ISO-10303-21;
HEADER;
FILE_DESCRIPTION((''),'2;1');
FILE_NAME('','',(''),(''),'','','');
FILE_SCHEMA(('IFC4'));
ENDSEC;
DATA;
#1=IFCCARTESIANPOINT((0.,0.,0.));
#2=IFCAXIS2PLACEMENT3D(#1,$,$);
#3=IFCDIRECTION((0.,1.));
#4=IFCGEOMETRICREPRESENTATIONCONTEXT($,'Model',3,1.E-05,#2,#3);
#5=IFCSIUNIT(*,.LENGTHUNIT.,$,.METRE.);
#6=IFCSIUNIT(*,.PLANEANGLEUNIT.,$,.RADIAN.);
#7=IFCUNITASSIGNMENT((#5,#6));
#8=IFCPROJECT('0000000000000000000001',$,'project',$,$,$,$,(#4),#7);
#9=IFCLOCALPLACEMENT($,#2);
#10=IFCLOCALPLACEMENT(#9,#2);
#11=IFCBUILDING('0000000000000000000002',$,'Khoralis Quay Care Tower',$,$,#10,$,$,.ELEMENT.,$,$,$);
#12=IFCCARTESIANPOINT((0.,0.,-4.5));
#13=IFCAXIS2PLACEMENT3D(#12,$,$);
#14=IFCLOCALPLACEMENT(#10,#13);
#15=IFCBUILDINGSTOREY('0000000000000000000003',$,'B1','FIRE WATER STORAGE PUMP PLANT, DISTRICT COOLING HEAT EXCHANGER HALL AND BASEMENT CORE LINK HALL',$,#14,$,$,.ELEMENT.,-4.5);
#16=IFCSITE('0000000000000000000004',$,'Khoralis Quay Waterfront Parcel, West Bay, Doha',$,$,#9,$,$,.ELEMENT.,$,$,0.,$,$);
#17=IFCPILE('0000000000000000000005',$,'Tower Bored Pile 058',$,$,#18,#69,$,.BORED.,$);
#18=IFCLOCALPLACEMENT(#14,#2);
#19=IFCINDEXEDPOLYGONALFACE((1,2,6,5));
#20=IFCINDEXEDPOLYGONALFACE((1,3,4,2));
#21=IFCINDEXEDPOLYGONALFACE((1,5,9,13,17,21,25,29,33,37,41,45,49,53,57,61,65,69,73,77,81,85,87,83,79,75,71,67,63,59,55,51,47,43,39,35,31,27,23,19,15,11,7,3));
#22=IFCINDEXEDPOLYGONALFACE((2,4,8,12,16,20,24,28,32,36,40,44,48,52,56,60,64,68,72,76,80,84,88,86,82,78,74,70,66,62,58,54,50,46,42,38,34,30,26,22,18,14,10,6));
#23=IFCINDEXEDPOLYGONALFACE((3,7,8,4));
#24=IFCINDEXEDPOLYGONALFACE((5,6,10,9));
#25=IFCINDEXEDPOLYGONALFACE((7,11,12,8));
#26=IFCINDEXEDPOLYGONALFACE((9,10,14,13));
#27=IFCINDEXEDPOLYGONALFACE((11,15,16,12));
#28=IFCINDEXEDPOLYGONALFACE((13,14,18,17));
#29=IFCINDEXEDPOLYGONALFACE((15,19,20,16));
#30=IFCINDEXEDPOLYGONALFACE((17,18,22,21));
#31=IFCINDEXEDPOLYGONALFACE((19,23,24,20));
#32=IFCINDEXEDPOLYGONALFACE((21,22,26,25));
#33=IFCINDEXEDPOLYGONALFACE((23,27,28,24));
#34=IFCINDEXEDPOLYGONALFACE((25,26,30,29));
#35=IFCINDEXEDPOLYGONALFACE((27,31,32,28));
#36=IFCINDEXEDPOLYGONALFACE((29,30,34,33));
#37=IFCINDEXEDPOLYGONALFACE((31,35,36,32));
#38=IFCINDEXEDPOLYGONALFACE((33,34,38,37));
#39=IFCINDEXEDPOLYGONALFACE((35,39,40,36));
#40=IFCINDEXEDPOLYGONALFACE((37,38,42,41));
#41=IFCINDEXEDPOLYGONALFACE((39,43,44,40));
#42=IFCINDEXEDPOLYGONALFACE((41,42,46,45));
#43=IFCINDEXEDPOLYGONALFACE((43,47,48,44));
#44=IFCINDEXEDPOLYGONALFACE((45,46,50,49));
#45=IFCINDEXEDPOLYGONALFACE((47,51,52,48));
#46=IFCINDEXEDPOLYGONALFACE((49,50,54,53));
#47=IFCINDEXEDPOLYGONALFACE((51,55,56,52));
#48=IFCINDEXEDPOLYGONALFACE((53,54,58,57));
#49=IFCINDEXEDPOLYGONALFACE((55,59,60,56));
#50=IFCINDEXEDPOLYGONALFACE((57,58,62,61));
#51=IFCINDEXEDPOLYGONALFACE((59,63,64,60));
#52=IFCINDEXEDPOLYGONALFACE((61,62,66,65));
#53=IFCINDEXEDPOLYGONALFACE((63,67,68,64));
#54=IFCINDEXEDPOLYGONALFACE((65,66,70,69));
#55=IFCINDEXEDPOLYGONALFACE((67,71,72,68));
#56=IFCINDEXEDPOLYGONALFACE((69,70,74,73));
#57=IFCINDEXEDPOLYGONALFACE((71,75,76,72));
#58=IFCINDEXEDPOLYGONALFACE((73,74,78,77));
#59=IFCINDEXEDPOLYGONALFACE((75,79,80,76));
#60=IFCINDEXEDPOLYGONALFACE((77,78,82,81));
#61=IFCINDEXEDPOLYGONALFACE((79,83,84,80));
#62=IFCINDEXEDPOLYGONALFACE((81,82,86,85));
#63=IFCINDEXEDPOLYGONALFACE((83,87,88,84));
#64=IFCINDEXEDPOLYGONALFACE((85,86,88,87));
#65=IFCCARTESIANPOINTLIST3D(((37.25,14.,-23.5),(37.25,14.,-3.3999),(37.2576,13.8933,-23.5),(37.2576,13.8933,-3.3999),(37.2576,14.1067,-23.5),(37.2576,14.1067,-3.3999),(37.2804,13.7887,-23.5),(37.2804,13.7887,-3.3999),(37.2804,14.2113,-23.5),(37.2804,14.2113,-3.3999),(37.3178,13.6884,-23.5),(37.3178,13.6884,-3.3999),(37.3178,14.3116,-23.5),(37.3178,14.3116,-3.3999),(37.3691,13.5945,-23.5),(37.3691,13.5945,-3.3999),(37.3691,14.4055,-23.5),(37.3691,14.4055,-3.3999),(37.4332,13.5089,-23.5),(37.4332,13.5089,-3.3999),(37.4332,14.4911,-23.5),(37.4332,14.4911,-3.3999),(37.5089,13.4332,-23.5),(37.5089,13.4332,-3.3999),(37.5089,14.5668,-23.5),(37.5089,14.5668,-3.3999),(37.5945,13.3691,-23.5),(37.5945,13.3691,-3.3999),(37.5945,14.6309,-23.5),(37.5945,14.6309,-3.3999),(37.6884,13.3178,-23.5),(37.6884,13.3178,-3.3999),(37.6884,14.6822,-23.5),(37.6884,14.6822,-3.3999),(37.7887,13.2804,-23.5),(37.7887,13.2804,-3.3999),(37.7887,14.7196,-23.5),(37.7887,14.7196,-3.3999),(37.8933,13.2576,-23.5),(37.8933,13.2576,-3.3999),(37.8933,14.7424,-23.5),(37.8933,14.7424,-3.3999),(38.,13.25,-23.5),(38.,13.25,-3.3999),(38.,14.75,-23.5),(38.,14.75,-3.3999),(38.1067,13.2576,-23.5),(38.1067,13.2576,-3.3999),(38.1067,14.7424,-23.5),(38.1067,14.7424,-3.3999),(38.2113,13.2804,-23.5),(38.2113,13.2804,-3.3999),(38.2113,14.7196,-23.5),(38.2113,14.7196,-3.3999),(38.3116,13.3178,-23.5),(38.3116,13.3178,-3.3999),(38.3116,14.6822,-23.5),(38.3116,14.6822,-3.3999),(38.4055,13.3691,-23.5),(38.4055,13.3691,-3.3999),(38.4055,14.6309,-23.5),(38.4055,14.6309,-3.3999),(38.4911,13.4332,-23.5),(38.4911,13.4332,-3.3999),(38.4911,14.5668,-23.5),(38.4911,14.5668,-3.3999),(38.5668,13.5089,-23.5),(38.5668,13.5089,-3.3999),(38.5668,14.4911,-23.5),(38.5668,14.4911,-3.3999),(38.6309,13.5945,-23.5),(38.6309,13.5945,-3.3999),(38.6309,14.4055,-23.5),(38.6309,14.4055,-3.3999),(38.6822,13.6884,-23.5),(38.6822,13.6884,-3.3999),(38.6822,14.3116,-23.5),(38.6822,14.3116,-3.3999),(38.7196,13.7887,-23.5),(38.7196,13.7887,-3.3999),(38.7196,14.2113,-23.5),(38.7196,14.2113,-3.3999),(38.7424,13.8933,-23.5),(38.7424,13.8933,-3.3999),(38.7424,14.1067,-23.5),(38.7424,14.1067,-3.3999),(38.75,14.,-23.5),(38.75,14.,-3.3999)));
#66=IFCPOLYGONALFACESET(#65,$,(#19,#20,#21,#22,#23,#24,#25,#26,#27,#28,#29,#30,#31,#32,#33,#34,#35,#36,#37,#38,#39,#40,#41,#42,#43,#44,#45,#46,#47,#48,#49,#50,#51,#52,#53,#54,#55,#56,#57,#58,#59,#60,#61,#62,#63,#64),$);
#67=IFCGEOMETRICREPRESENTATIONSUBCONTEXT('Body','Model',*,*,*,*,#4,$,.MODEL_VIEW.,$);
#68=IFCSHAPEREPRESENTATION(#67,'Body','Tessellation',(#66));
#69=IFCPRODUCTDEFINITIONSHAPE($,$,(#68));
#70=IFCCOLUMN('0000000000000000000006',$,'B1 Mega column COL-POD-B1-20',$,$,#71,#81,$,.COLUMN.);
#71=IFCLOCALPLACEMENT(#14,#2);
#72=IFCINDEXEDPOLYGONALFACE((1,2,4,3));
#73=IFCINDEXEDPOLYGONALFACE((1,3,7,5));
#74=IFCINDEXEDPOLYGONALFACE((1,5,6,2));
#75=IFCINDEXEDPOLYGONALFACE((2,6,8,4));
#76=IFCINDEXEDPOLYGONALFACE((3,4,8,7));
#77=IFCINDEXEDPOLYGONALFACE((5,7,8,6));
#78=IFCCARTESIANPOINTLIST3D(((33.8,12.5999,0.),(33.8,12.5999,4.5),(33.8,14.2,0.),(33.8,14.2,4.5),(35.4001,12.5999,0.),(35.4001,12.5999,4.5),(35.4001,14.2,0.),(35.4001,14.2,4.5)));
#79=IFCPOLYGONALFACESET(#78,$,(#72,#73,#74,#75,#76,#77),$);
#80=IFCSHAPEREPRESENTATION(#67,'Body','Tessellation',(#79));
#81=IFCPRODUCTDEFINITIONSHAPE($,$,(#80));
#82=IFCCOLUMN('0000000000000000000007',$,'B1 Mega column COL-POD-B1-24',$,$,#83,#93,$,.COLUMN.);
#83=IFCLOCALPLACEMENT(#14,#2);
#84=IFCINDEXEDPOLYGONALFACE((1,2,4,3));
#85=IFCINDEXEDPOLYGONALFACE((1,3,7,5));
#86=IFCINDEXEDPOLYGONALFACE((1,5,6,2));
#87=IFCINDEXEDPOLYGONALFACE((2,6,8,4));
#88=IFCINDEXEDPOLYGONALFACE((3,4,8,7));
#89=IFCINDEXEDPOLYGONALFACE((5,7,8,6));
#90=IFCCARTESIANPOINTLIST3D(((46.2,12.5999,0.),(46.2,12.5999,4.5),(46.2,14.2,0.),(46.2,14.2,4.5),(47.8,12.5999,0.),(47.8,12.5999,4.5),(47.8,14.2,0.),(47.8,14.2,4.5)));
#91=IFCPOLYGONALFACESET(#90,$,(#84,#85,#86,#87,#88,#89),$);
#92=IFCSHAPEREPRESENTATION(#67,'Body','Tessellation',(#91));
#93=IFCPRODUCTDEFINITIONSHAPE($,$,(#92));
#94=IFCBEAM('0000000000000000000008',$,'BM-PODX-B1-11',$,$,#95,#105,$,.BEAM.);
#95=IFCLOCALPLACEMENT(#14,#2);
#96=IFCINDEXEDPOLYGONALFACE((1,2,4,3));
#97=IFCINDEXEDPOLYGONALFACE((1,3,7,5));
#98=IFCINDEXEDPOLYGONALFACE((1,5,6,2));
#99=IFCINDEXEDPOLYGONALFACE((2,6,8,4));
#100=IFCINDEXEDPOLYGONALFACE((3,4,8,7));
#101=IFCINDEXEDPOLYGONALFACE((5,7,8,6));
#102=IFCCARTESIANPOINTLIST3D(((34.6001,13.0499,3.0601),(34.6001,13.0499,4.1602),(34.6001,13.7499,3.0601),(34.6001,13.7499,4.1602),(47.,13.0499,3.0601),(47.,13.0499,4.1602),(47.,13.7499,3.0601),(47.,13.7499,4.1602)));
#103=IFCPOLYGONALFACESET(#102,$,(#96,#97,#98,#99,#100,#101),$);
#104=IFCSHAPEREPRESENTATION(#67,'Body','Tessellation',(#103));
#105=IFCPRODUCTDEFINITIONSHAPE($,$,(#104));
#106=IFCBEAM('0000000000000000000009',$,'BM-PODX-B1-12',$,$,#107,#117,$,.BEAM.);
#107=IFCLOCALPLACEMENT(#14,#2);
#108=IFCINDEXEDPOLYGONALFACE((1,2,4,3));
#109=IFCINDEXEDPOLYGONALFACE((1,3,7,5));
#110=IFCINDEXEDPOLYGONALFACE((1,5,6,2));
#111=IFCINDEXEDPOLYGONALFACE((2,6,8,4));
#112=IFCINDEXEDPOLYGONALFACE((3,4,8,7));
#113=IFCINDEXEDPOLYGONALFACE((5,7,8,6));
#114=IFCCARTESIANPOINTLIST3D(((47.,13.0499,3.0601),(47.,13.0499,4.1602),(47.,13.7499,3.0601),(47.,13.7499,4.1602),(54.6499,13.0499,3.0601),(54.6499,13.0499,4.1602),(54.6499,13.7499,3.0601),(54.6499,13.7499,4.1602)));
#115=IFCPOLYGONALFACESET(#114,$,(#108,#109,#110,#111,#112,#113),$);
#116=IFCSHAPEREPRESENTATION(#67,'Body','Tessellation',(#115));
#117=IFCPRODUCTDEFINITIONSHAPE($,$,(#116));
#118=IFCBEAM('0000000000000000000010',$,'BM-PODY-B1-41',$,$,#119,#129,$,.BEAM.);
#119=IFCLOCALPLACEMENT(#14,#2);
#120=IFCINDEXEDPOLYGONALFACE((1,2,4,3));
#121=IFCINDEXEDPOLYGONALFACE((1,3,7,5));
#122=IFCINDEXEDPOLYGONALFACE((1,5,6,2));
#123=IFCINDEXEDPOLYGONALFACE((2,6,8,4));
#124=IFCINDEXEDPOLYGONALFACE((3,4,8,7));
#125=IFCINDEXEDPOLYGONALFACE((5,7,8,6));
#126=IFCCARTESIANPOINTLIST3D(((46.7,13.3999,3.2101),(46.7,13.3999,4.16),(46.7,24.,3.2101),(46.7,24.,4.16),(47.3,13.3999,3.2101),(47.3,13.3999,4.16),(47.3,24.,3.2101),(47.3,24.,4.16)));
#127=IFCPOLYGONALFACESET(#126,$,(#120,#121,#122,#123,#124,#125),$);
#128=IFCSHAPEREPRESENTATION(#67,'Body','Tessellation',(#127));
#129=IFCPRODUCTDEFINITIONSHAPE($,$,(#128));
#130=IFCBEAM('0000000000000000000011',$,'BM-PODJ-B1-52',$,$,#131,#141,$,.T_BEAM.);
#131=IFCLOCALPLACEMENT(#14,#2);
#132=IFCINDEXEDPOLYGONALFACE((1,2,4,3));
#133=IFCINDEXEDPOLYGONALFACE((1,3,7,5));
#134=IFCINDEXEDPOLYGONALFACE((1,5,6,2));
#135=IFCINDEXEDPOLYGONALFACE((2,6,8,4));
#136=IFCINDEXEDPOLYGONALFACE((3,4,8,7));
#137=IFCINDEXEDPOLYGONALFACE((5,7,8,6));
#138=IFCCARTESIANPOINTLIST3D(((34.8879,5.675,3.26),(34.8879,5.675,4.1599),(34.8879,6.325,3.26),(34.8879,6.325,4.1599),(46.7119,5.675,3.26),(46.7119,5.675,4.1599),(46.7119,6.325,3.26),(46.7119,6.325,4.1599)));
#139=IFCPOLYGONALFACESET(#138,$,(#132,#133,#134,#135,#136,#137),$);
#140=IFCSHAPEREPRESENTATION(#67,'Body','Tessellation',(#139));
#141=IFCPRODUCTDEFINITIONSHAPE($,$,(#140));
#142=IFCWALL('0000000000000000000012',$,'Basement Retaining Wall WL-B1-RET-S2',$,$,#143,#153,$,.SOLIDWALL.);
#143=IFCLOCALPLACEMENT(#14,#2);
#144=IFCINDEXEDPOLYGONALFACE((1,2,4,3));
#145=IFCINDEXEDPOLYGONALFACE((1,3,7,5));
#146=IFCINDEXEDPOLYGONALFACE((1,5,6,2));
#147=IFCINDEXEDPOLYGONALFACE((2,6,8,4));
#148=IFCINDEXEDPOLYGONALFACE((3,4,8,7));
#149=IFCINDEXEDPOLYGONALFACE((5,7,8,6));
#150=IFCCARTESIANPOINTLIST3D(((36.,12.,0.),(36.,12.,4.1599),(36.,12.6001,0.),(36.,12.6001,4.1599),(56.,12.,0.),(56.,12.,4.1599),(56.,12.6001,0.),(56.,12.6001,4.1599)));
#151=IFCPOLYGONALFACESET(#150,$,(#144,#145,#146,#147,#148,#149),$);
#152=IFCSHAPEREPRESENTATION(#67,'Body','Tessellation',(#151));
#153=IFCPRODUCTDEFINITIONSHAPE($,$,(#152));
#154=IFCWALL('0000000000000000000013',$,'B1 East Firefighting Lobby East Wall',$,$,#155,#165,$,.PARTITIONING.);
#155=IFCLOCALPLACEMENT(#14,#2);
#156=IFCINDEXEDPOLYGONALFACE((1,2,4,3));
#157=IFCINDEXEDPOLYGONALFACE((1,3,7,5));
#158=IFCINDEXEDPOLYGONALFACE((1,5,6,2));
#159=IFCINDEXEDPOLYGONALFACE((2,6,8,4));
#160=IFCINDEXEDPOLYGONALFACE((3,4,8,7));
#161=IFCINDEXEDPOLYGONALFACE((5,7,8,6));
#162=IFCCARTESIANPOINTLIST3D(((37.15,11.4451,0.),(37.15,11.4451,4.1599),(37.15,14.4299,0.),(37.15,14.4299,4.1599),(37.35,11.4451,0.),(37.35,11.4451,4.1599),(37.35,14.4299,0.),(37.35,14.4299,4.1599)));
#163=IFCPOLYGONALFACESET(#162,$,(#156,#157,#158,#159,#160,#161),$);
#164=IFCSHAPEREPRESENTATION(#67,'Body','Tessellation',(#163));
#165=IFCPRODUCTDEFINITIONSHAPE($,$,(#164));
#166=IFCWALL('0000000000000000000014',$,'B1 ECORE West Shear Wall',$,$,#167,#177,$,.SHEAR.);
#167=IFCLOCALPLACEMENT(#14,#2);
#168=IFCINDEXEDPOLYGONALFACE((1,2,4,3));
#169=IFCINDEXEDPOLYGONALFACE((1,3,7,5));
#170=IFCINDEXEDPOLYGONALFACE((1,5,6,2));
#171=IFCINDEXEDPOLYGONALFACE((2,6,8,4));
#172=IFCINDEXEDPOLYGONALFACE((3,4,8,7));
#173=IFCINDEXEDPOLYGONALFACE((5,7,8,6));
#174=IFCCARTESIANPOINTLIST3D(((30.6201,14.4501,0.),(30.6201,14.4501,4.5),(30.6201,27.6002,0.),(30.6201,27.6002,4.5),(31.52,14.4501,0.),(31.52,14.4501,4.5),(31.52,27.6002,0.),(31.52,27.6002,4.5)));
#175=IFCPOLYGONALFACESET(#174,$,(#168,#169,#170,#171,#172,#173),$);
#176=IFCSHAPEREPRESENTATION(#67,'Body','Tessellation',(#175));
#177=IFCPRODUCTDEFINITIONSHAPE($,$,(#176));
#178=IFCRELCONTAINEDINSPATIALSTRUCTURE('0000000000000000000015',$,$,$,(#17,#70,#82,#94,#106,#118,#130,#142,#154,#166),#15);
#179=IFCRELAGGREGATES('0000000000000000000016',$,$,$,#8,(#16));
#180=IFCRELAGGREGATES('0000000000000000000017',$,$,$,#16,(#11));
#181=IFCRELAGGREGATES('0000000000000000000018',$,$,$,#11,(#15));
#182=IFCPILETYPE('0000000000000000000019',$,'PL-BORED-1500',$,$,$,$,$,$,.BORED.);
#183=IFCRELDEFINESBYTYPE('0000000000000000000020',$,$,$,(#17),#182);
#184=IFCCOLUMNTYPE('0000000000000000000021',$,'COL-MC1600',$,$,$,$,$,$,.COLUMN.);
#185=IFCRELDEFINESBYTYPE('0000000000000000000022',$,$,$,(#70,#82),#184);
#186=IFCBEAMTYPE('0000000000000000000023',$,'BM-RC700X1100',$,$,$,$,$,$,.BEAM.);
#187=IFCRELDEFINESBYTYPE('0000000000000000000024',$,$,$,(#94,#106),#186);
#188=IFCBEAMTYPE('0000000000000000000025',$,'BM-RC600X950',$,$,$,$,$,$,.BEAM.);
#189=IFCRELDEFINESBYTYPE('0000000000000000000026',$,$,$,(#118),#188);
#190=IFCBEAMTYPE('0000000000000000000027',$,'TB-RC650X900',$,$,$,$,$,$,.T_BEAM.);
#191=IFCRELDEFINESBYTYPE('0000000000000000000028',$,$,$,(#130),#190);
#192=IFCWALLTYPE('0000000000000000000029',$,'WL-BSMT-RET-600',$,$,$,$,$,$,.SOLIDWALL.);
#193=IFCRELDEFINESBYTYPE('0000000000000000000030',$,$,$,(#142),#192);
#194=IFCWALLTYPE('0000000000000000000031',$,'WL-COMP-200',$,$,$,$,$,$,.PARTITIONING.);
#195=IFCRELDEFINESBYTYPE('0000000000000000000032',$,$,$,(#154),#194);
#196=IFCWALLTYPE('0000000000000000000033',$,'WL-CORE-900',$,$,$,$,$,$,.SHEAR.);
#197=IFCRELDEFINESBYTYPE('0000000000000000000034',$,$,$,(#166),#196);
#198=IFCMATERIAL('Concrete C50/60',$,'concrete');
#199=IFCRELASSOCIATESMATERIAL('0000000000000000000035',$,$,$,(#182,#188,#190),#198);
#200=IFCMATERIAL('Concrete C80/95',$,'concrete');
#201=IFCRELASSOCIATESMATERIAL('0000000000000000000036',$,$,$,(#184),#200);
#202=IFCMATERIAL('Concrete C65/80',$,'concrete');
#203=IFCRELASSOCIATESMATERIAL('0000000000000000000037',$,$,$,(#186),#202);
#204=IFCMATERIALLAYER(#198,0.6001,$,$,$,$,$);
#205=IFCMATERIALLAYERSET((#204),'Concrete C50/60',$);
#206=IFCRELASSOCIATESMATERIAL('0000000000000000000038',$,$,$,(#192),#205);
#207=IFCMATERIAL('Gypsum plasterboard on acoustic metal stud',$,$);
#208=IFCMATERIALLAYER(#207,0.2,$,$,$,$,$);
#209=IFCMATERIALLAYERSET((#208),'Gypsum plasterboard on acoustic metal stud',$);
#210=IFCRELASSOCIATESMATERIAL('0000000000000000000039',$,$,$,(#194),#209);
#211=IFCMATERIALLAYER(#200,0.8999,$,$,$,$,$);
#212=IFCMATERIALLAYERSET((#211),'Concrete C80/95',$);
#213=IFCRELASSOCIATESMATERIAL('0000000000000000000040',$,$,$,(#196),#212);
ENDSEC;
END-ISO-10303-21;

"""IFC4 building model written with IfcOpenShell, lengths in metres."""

from ifc_helpers import new_model, si_unit, direction, frame, frame_2d, origin, origin_2d, place, context, subcontext, project, spatial, rectangle, circle, extrude, source, transform, mapped, material, layer, layer_set, material_profile, profile_set, type_object, element, save


model = new_model("IFC4")

# Units and contexts
model_context = context("Model", 3, precision=1e-05, world=origin(), true_north=direction((0.0, 1.0)))
body_context = subcontext(model_context, "Body", "Model", "MODEL_VIEW")
ifc_project = project(units=[si_unit("LENGTHUNIT", "METRE"), si_unit("PLANEANGLEUNIT", "RADIAN")], contexts=[model_context])

# Site, building, storey
site_placement = place(None, origin())
site = spatial("IfcSite", under=ifc_project, at=site_placement, Name="Khoralis Quay Waterfront Parcel, West Bay, Doha", CompositionType="ELEMENT", RefElevation=0.0)
building_placement = place(site_placement, origin())
building = spatial("IfcBuilding", under=site, at=building_placement, Name="Khoralis Quay Care Tower", CompositionType="ELEMENT")
storey_placement = place(building_placement, frame((0.0, 0.0, -4.5)))
storey = spatial("IfcBuildingStorey", under=building, at=storey_placement, Name="B1", Description="FIRE WATER STORAGE PUMP PLANT, DISTRICT COOLING HEAT EXCHANGER HALL AND BASEMENT CORE LINK HALL", CompositionType="ELEMENT", Elevation=-4.5)

# Pile
ifc_material_1 = material(Name="Concrete C50/60", Category="concrete")
ifc_material_profile_1 = material_profile(ifc_material_1, circle(Radius=0.75, at=origin_2d()), Name="Concrete C50/60")
ifc_profile_set_1 = profile_set([ifc_material_profile_1], Name="Concrete C50/60")
pile_type_1 = type_object("IfcPileType", Name="PL-BORED-1500", PredefinedType="BORED", material=ifc_profile_set_1)
shared_shape_1 = source(origin(), body_context, "Body", "SweptSolid", [
    extrude(circle(Radius=0.75, at=origin_2d()), origin(), (0.0, 0.0, 1.0), 20.1001),
])
for number, where, z_axis, x_axis, name in (
    (1, (38.0, 14.0, -3.3999), (0.0, 0.0, -1.0), (1.0, 0.0, 0.0), "Tower Bored Pile 058"),
):
    element("IfcPile", number, at=place(storey_placement, frame(where, z_axis=z_axis, x_axis=x_axis)), inside=storey, type_object=pile_type_1, Name=name, PredefinedType="BORED", context=body_context, shape_type="MappedRepresentation", body=[
        mapped(shared_shape_1, transform((0.0, 0.0, 0.0), scale=1.0)),
    ])

# Columns
ifc_material_2 = material(Name="Concrete C80/95", Category="concrete")
ifc_material_profile_2 = material_profile(ifc_material_2, rectangle(XDim=1.6001, YDim=1.6001, at=origin_2d()), Name="Concrete C80/95")
ifc_profile_set_2 = profile_set([ifc_material_profile_2], Name="Concrete C80/95")
column_type = type_object("IfcColumnType", Name="COL-MC1600", PredefinedType="COLUMN", material=ifc_profile_set_2)
shared_shape_2 = source(origin(), body_context, "Body", "SweptSolid", [
    extrude(rectangle(XDim=1.6001, YDim=1.6001, at=origin_2d()), origin(), (0.0, 0.0, 1.0), 4.5),
])
for number, where, z_axis, x_axis, name in (
    (2, (34.6001, 13.3999, 0.0), (0.0, 0.0, 1.0), (1.0, 0.0, 0.0), "B1 Mega column COL-POD-B1-20"),
    (3, (47.0, 13.3999, 0.0), (0.0, 0.0, 1.0), (1.0, 0.0, 0.0), "B1 Mega column COL-POD-B1-24"),
):
    element("IfcColumn", number, at=place(storey_placement, frame(where, z_axis=z_axis, x_axis=x_axis)), inside=storey, type_object=column_type, Name=name, PredefinedType="COLUMN", context=body_context, shape_type="MappedRepresentation", body=[
        mapped(shared_shape_2, transform((0.0, 0.0, 0.0), scale=1.0)),
    ])

# Beams
ifc_material_3 = material(Name="Concrete C65/80", Category="concrete")
ifc_material_profile_3 = material_profile(ifc_material_3, rectangle(XDim=0.7, YDim=1.1001, at=origin_2d()), Name="Concrete C65/80")
ifc_profile_set_3 = profile_set([ifc_material_profile_3], Name="Concrete C65/80")
beam_type_1 = type_object("IfcBeamType", Name="BM-RC700X1100", PredefinedType="BEAM", material=ifc_profile_set_3)
shared_shape_3 = source(origin(), body_context, "Body", "SweptSolid", [
    extrude(rectangle(XDim=0.7, YDim=1.1001, at=origin_2d()), origin(), (0.0, 0.0, 1.0), 12.3999),
])
beam_1_placement = place(storey_placement, frame((34.6001, 13.3999, 3.6101), z_axis=(1.0, 0.0, 0.0), x_axis=(0.0, 1.0, 0.0)))
element("IfcBeam", 4, at=beam_1_placement, inside=storey, type_object=beam_type_1, Name="BM-PODX-B1-11", PredefinedType="BEAM", context=body_context, shape_type="MappedRepresentation", body=[
    mapped(shared_shape_3, transform((0.0, 0.0, 0.0), scale=1.0)),
])
shared_shape_4 = source(origin(), body_context, "Body", "SweptSolid", [
    extrude(rectangle(XDim=0.7, YDim=1.1001, at=origin_2d()), origin(), (0.0, 0.0, 1.0), 7.6499),
])
beam_2_placement = place(storey_placement, frame((47.0, 13.3999, 3.6101), z_axis=(1.0, 0.0, 0.0), x_axis=(0.0, 1.0, 0.0)))
element("IfcBeam", 5, at=beam_2_placement, inside=storey, type_object=beam_type_1, Name="BM-PODX-B1-12", PredefinedType="BEAM", context=body_context, shape_type="MappedRepresentation", body=[
    mapped(shared_shape_4, transform((0.0, 0.0, 0.0), scale=1.0)),
])
ifc_material_profile_4 = material_profile(ifc_material_1, rectangle(XDim=0.6001, YDim=0.95, at=origin_2d()), Name="Concrete C50/60")
ifc_profile_set_4 = profile_set([ifc_material_profile_4], Name="Concrete C50/60")
beam_type_2 = type_object("IfcBeamType", Name="BM-RC600X950", PredefinedType="BEAM", material=ifc_profile_set_4)
shared_shape_5 = source(origin(), body_context, "Body", "SweptSolid", [
    extrude(rectangle(XDim=0.6001, YDim=0.95, at=origin_2d()), origin(), (0.0, 0.0, 1.0), 10.6001),
])
beam_3_placement = place(storey_placement, frame((47.0, 13.3999, 3.6851), z_axis=(0.0, 1.0, 0.0), x_axis=(-1.0, 0.0, 0.0)))
element("IfcBeam", 6, at=beam_3_placement, inside=storey, type_object=beam_type_2, Name="BM-PODY-B1-41", PredefinedType="BEAM", context=body_context, shape_type="MappedRepresentation", body=[
    mapped(shared_shape_5, transform((0.0, 0.0, 0.0), scale=1.0)),
])
ifc_material_profile_5 = material_profile(ifc_material_1, rectangle(XDim=0.6499, YDim=0.8999, at=origin_2d()), Name="Concrete C50/60")
ifc_profile_set_5 = profile_set([ifc_material_profile_5], Name="Concrete C50/60")
beam_type_3 = type_object("IfcBeamType", Name="TB-RC650X900", PredefinedType="T_BEAM", material=ifc_profile_set_5)
shared_shape_6 = source(origin(), body_context, "Body", "SweptSolid", [
    extrude(rectangle(XDim=0.6499, YDim=0.8999, at=origin_2d()), origin(), (0.0, 0.0, 1.0), 11.824),
])
beam_4_placement = place(storey_placement, frame((34.8879, 6.0, 3.71), z_axis=(1.0, 0.0, 0.0), x_axis=(0.0, 1.0, 0.0)))
element("IfcBeam", 7, at=beam_4_placement, inside=storey, type_object=beam_type_3, Name="BM-PODJ-B1-52", PredefinedType="T_BEAM", context=body_context, shape_type="MappedRepresentation", body=[
    mapped(shared_shape_6, transform((0.0, 0.0, 0.0), scale=1.0)),
])

# Walls
ifc_layer_1 = layer(ifc_material_1, 0.6001)
ifc_layer_set_1 = layer_set([ifc_layer_1], Name="Concrete C50/60")
wall_type_1 = type_object("IfcWallType", Name="WL-BSMT-RET-600", PredefinedType="SOLIDWALL", material=ifc_layer_set_1)
wall_1_placement = place(storey_placement, frame((36.0, 12.3, 0.0), z_axis=(0.0, 0.0, 1.0), x_axis=(1.0, 0.0, 0.0)))
element("IfcWall", 8, at=wall_1_placement, inside=storey, type_object=wall_type_1, Name="Basement Retaining Wall WL-B1-RET-S2", PredefinedType="SOLIDWALL", context=body_context, shape_type="SweptSolid", body=[
    extrude(rectangle(XDim=20.0, YDim=0.6001, at=frame_2d((10.0, 0.0))), origin(), (0.0, 0.0, 1.0), 4.1599),
])
ifc_material_4 = material(Name="Gypsum plasterboard on acoustic metal stud")
ifc_layer_2 = layer(ifc_material_4, 0.2)
ifc_layer_set_2 = layer_set([ifc_layer_2], Name="Gypsum plasterboard on acoustic metal stud")
wall_type_2 = type_object("IfcWallType", Name="WL-COMP-200", PredefinedType="PARTITIONING", material=ifc_layer_set_2)
wall_2_placement = place(storey_placement, frame((37.25, 11.4451, 0.0), z_axis=(0.0, 0.0, 1.0), x_axis=(0.0, 1.0, 0.0)))
element("IfcWall", 9, at=wall_2_placement, inside=storey, type_object=wall_type_2, Name="B1 East Firefighting Lobby East Wall", PredefinedType="PARTITIONING", context=body_context, shape_type="SweptSolid", body=[
    extrude(rectangle(XDim=2.9849, YDim=0.2, at=frame_2d((1.4924, 0.0))), origin(), (0.0, 0.0, 1.0), 4.1599),
])
ifc_layer_3 = layer(ifc_material_2, 0.8999)
ifc_layer_set_3 = layer_set([ifc_layer_3], Name="Concrete C80/95")
wall_type_3 = type_object("IfcWallType", Name="WL-CORE-900", PredefinedType="SHEAR", material=ifc_layer_set_3)
for number, where, z_axis, x_axis, name in (
    (10, (31.0701, 14.45, 0.0), (0.0, 0.0, 1.0), (0.0, 1.0, 0.0), "B1 ECORE West Shear Wall"),
):
    element("IfcWall", number, at=place(storey_placement, frame(where, z_axis=z_axis, x_axis=x_axis)), inside=storey, type_object=wall_type_3, Name=name, PredefinedType="SHEAR", context=body_context, shape_type="SweptSolid", body=[
        extrude(rectangle(XDim=13.1501, YDim=0.8999, at=frame_2d((6.5752, 0.0))), origin(), (0.0, 0.0, 1.0), 4.5),
    ])

save(model, "model.ifc")
